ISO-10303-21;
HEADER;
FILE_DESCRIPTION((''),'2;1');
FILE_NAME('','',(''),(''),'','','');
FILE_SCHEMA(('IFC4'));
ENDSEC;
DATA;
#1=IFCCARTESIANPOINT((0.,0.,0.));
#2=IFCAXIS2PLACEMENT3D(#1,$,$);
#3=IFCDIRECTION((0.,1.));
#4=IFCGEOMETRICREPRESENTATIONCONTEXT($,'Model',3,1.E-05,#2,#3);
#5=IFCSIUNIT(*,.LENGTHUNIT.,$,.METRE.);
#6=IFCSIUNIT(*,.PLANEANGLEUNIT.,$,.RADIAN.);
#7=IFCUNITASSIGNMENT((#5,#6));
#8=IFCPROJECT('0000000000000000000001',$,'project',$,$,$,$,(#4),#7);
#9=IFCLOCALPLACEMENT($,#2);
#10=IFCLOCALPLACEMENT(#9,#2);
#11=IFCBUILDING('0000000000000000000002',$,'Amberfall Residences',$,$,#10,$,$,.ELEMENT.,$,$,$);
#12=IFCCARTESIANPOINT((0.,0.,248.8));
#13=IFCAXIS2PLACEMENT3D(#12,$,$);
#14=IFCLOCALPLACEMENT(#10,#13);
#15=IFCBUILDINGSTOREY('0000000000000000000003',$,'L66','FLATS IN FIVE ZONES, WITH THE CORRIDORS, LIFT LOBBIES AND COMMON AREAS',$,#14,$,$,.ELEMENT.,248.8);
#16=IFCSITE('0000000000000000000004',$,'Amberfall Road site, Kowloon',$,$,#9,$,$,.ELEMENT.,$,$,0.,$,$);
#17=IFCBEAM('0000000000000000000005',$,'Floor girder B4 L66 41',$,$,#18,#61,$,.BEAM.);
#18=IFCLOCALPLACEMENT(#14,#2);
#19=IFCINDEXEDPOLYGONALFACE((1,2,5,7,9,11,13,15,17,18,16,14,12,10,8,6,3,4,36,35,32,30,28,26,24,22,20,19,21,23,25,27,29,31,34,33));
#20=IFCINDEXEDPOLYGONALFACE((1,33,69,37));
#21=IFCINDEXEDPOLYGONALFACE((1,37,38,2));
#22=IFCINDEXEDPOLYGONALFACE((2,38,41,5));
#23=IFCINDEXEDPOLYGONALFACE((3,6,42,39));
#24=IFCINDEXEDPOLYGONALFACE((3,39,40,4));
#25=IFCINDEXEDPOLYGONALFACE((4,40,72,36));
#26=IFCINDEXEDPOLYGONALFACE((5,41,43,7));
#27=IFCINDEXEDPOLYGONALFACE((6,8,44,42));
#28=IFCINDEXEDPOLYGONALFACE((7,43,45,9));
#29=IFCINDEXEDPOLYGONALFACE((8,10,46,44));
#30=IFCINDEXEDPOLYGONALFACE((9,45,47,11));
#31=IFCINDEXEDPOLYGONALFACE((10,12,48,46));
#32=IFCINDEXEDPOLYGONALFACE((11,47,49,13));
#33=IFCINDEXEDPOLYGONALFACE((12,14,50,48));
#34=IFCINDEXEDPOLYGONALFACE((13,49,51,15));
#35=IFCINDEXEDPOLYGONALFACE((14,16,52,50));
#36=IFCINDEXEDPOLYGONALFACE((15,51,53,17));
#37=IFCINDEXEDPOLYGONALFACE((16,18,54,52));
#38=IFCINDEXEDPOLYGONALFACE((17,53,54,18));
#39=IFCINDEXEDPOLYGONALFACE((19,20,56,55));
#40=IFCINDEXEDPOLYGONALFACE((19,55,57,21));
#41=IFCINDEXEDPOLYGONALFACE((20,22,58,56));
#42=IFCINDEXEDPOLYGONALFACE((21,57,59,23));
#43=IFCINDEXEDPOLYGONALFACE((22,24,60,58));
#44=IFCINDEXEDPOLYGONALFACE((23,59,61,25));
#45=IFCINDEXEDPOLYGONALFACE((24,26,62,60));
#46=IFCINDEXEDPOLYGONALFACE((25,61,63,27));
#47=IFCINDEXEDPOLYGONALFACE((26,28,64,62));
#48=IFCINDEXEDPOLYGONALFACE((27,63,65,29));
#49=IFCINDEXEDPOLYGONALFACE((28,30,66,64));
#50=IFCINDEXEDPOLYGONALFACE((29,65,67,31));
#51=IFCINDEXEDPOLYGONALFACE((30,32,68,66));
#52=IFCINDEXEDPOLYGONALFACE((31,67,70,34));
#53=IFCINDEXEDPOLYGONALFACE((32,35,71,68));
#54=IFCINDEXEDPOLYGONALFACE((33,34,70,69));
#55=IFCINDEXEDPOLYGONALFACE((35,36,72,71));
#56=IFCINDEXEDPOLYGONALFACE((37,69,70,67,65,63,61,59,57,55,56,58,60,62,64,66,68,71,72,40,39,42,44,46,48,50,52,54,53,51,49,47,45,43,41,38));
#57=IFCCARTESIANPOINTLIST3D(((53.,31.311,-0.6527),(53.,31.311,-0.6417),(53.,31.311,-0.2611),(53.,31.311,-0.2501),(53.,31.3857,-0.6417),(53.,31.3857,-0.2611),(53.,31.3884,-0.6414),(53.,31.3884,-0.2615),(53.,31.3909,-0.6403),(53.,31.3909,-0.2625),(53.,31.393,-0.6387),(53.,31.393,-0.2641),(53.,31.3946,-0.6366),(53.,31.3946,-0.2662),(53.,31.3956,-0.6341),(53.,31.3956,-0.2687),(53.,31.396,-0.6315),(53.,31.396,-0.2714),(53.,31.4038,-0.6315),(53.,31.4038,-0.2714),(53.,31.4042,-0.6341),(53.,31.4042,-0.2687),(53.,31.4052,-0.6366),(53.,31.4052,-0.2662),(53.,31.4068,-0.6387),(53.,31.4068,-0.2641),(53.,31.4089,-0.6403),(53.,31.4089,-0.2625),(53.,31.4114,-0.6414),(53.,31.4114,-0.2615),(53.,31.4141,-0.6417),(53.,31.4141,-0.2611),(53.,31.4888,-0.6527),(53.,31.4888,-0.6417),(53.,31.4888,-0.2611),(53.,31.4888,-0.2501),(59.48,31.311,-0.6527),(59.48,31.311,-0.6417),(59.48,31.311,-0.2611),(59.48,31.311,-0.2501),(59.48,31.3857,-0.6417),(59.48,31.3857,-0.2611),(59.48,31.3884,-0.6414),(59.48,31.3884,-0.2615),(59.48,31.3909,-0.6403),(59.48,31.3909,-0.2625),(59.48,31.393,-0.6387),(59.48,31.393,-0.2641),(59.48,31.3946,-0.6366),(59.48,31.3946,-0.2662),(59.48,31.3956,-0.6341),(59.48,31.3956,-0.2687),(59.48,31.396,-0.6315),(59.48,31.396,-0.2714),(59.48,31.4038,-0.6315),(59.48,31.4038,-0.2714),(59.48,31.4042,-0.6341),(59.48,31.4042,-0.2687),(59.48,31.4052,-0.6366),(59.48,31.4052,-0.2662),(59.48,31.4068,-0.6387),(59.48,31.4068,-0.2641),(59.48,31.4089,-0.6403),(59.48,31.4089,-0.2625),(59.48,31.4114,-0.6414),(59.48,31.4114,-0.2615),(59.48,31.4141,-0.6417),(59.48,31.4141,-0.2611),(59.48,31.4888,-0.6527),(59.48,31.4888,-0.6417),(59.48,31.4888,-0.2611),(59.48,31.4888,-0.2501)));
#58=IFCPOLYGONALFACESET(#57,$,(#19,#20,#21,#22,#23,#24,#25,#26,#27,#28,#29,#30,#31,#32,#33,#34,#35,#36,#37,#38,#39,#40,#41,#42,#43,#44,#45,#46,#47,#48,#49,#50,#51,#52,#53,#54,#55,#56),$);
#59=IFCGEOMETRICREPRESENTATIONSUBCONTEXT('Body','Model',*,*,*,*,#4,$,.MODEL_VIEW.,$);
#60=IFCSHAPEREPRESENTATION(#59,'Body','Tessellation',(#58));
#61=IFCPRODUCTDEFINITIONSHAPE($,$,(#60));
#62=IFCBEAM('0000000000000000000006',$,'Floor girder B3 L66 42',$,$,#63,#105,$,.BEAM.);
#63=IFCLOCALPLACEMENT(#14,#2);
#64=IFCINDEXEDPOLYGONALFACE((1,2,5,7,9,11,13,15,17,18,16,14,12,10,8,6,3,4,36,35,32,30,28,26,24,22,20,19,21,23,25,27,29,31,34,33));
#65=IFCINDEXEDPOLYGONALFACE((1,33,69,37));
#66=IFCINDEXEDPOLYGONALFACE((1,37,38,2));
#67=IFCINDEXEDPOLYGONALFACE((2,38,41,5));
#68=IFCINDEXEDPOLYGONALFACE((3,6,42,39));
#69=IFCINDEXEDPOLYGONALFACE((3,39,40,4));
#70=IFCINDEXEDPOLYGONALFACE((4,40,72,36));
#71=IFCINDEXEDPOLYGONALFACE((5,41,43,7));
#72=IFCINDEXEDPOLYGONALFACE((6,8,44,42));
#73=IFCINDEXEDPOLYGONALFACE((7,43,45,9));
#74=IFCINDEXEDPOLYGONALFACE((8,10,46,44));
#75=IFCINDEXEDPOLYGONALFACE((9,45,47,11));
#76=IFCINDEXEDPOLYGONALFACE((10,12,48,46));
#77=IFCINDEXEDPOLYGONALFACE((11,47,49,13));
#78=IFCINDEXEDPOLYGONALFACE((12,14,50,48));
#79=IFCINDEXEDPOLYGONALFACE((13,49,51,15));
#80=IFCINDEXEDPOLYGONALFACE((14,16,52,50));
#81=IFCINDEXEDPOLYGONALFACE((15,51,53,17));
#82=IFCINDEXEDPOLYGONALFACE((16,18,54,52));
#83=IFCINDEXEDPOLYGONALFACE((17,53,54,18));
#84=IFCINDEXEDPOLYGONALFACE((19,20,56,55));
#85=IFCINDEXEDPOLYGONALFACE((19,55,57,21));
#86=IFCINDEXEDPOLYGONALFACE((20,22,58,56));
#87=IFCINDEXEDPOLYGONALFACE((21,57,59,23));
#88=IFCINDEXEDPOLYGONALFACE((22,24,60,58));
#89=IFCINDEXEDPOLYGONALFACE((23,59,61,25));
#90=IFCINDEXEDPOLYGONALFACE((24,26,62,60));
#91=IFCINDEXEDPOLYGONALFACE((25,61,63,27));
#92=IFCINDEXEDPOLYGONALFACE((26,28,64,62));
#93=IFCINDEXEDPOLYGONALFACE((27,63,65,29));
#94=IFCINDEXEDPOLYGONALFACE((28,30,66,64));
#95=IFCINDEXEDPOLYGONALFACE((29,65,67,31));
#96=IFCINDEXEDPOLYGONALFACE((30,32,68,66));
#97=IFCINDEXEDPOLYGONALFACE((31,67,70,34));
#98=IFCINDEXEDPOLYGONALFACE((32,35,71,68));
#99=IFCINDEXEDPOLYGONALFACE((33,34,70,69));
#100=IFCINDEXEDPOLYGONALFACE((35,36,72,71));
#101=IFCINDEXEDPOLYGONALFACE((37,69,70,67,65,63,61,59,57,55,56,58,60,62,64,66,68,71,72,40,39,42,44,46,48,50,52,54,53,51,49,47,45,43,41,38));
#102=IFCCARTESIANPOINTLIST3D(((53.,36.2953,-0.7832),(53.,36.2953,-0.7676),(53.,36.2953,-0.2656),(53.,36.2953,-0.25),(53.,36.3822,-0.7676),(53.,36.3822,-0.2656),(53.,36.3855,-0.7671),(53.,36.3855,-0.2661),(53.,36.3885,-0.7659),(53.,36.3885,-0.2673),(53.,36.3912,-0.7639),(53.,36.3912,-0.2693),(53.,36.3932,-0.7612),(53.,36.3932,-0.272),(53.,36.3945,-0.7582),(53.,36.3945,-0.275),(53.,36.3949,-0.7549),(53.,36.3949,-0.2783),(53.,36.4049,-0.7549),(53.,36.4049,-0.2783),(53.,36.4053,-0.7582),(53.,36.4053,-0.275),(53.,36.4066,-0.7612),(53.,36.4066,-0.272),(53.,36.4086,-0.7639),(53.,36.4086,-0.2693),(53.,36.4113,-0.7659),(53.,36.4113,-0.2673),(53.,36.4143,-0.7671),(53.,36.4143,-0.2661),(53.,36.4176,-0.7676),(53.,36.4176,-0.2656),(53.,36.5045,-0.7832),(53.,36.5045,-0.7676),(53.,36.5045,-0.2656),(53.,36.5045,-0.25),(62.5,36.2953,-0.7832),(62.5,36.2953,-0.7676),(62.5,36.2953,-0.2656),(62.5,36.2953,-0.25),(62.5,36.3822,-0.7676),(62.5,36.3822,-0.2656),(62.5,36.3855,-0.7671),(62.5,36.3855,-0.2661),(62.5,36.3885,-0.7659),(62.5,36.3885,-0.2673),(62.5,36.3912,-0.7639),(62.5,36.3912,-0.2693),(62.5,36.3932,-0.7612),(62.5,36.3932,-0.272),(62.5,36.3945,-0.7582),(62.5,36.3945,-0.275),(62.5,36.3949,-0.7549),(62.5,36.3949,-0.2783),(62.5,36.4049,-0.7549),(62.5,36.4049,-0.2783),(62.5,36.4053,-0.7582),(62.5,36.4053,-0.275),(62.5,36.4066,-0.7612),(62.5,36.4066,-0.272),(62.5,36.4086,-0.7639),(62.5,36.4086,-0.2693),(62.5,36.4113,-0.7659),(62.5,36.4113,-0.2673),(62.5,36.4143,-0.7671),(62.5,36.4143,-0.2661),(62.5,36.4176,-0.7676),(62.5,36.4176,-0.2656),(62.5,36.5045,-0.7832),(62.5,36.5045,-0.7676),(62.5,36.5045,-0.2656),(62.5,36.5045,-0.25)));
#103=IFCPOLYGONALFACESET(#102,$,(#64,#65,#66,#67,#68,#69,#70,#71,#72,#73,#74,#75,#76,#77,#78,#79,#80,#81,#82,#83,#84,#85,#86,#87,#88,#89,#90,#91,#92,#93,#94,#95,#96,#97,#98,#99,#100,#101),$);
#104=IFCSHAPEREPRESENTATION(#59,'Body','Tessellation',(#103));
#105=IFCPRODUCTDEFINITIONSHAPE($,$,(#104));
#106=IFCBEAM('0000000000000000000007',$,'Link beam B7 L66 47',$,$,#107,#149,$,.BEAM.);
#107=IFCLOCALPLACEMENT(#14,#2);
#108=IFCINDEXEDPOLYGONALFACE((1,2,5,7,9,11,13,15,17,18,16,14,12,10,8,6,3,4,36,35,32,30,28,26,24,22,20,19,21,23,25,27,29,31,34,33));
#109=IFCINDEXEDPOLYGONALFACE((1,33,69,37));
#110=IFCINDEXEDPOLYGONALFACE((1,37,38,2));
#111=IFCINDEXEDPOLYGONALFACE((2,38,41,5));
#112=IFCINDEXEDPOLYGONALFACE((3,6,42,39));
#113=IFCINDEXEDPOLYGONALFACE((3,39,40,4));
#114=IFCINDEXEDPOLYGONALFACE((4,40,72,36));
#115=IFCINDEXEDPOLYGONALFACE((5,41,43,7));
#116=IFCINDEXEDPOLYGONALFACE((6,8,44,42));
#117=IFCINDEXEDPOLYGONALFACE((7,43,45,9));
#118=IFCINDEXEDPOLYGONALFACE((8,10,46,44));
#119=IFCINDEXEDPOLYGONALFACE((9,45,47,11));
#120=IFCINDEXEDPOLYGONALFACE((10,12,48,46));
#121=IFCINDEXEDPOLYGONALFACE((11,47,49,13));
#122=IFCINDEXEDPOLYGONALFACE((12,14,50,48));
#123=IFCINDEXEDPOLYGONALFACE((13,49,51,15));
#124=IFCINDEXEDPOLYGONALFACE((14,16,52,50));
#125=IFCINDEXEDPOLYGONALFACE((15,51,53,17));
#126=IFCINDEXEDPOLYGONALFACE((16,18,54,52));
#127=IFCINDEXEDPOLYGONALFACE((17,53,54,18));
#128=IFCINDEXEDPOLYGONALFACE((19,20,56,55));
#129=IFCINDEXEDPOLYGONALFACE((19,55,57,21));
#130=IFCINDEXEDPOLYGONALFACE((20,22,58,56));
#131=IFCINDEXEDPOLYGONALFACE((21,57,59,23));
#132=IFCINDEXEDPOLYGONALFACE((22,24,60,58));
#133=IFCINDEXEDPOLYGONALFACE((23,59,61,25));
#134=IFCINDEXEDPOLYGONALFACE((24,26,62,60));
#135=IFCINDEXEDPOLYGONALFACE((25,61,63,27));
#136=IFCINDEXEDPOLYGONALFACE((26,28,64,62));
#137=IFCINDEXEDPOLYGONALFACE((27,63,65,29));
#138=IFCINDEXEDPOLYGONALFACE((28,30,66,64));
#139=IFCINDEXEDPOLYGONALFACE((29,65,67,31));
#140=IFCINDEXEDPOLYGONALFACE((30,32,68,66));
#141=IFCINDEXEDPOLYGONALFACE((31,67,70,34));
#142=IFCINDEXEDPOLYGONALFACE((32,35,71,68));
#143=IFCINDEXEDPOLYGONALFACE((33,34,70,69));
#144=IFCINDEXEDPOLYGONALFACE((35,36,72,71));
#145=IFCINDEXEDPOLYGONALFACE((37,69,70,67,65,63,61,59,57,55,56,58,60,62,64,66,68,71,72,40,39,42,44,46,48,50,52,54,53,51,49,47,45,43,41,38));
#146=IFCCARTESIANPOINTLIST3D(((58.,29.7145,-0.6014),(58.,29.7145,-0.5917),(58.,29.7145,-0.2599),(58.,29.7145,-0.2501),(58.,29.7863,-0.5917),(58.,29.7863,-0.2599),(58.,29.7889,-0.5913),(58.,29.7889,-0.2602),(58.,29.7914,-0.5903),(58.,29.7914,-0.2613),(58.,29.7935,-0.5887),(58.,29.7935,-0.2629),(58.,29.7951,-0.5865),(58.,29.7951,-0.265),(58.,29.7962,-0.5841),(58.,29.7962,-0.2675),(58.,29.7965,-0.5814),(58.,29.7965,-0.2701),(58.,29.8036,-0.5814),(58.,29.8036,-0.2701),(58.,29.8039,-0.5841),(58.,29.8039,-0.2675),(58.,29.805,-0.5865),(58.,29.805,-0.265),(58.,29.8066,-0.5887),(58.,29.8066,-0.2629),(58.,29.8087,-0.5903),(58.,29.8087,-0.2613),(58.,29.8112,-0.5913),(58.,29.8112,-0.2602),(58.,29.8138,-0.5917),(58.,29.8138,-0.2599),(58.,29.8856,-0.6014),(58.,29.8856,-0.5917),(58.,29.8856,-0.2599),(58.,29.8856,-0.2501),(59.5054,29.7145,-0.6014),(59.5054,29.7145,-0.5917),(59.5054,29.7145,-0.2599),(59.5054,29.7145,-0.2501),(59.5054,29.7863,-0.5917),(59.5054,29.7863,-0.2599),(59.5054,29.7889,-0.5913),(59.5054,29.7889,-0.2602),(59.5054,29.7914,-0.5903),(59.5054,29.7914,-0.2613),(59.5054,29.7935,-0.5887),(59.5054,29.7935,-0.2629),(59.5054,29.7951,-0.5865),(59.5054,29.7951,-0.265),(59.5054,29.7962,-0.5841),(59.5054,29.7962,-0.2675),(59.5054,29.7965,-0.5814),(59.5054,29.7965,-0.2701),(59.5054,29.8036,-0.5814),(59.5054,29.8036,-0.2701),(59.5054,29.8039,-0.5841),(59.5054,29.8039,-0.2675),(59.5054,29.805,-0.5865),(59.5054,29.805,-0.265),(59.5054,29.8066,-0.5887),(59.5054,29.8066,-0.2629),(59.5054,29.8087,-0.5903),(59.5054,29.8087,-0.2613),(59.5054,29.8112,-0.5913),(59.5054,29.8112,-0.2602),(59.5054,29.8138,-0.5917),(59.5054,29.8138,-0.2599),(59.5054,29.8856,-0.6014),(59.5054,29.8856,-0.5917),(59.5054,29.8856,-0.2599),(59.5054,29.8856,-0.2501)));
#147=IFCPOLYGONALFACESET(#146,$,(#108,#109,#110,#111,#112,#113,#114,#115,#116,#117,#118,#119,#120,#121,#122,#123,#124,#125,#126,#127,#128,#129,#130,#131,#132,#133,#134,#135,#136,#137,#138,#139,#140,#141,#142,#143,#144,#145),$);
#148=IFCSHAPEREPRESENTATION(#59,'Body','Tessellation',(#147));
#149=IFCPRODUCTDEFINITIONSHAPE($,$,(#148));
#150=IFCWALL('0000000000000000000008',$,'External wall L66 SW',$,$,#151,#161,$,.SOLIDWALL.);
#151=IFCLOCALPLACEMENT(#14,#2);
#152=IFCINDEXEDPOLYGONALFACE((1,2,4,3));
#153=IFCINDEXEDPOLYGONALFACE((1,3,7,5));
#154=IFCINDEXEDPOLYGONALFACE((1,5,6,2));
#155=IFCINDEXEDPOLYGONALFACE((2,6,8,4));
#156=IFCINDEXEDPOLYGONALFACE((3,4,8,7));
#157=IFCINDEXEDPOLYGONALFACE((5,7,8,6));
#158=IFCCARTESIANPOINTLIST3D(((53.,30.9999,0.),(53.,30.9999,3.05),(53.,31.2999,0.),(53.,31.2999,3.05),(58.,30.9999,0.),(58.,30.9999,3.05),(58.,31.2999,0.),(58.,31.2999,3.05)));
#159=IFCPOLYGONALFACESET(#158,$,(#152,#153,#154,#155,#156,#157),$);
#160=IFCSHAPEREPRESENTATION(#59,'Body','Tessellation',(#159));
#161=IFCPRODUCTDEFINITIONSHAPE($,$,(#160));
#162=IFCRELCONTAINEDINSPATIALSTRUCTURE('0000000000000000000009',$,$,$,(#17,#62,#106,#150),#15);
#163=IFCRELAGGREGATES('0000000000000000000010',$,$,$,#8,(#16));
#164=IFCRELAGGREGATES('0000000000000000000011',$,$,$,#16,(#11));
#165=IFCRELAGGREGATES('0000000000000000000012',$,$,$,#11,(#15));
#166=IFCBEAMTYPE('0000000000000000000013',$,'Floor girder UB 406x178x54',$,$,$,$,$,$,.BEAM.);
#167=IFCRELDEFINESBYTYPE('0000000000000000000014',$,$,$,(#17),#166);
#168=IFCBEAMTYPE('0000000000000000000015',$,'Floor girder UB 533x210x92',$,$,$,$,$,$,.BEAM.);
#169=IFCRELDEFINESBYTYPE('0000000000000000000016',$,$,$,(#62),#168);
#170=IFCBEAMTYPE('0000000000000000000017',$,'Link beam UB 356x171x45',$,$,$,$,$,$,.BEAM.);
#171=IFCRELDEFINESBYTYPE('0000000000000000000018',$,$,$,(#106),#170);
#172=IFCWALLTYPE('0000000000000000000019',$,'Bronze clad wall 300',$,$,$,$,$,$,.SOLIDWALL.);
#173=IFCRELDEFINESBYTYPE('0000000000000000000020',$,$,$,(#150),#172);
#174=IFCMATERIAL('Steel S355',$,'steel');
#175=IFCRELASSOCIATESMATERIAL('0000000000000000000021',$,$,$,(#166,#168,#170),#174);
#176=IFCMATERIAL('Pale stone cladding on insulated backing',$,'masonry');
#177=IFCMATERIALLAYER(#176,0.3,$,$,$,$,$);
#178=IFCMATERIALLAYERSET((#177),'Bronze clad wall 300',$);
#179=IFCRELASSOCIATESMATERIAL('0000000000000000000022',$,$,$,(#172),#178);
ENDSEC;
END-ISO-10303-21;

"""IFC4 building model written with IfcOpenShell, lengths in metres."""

from ifc_helpers import new_model, si_unit, direction, frame, frame_2d, origin, origin_2d, place, context, subcontext, project, spatial, rectangle, i_section, extrude, material, layer, layer_set, material_profile, profile_set, type_object, element, save


model = new_model("IFC4")

# Units and contexts
model_context = context("Model", 3, precision=1e-05, world=origin(), true_north=direction((0.0, 1.0)))
body_context = subcontext(model_context, "Body", "Model", "MODEL_VIEW")
ifc_project = project(units=[si_unit("LENGTHUNIT", "METRE"), si_unit("PLANEANGLEUNIT", "RADIAN")], contexts=[model_context])

# Site, building, storey
site_placement = place(None, origin())
site = spatial("IfcSite", under=ifc_project, at=site_placement, Name="Amberfall Road site, Kowloon", CompositionType="ELEMENT", RefElevation=0.0)
building_placement = place(site_placement, origin())
building = spatial("IfcBuilding", under=site, at=building_placement, Name="Amberfall Residences", CompositionType="ELEMENT")
storey_placement = place(building_placement, frame((0.0, 0.0, 248.8)))
storey = spatial("IfcBuildingStorey", under=building, at=storey_placement, Name="L66", Description="FLATS IN FIVE ZONES, WITH THE CORRIDORS, LIFT LOBBIES AND COMMON AREAS", CompositionType="ELEMENT", Elevation=248.8)

# Beams
ifc_material_1 = material(Name="Steel S355", Category="steel")
ifc_material_profile_1 = material_profile(ifc_material_1, i_section(OverallWidth=0.1777, OverallDepth=0.4026, WebThickness=0.0078, FlangeThickness=0.011, FilletRadius=0.0103, at=origin_2d()), Name="UB 406x178x54")
ifc_profile_set_1 = profile_set([ifc_material_profile_1], Name="Steel S355")
beam_type_1 = type_object("IfcBeamType", Name="Floor girder UB 406x178x54", PredefinedType="BEAM", material=ifc_profile_set_1)
beam_1_placement = place(storey_placement, frame((53.0, 31.3999, -0.4514), z_axis=(1.0, 0.0, 0.0), x_axis=(0.0, 1.0, 0.0)))
element("IfcBeam", 1, at=beam_1_placement, inside=storey, type_object=beam_type_1, Name="Floor girder B4 L66 41", PredefinedType="BEAM", context=body_context, shape_type="SweptSolid", body=[
    extrude(i_section(OverallWidth=0.1777, OverallDepth=0.4026, WebThickness=0.0078, FlangeThickness=0.011, FilletRadius=0.0103, at=origin_2d()), origin(), (0.0, 0.0, 1.0), 6.48),
])
ifc_material_profile_2 = material_profile(ifc_material_1, i_section(OverallWidth=0.2092, OverallDepth=0.5332, WebThickness=0.01, FlangeThickness=0.0156, FilletRadius=0.0127, at=origin_2d()), Name="UB 533x210x92")
ifc_profile_set_2 = profile_set([ifc_material_profile_2], Name="Steel S355")
beam_type_2 = type_object("IfcBeamType", Name="Floor girder UB 533x210x92", PredefinedType="BEAM", material=ifc_profile_set_2)
beam_2_placement = place(storey_placement, frame((53.0, 36.3999, -0.5166), z_axis=(1.0, 0.0, 0.0), x_axis=(0.0, 1.0, 0.0)))
element("IfcBeam", 2, at=beam_2_placement, inside=storey, type_object=beam_type_2, Name="Floor girder B3 L66 42", PredefinedType="BEAM", context=body_context, shape_type="SweptSolid", body=[
    extrude(i_section(OverallWidth=0.2092, OverallDepth=0.5332, WebThickness=0.01, FlangeThickness=0.0156, FilletRadius=0.0127, at=origin_2d()), origin(), (0.0, 0.0, 1.0), 9.5),
])
ifc_material_profile_3 = material_profile(ifc_material_1, i_section(OverallWidth=0.1711, OverallDepth=0.3513, WebThickness=0.0071, FlangeThickness=0.0098, FilletRadius=0.0103, at=origin_2d()), Name="UB 356x171x45")
ifc_profile_set_3 = profile_set([ifc_material_profile_3], Name="Steel S355")
beam_type_3 = type_object("IfcBeamType", Name="Link beam UB 356x171x45", PredefinedType="BEAM", material=ifc_profile_set_3)
beam_3_placement = place(storey_placement, frame((58.0, 29.8, -0.4258), z_axis=(1.0, 0.0, 0.0), x_axis=(0.0, 1.0, 0.0)))
element("IfcBeam", 3, at=beam_3_placement, inside=storey, type_object=beam_type_3, Name="Link beam B7 L66 47", PredefinedType="BEAM", context=body_context, shape_type="SweptSolid", body=[
    extrude(i_section(OverallWidth=0.1711, OverallDepth=0.3513, WebThickness=0.0071, FlangeThickness=0.0098, FilletRadius=0.0103, at=origin_2d()), origin(), (0.0, 0.0, 1.0), 1.5054),
])

# Wall
ifc_material_2 = material(Name="Pale stone cladding on insulated backing", Category="masonry")
ifc_layer_1 = layer(ifc_material_2, 0.3)
ifc_layer_set_1 = layer_set([ifc_layer_1], Name="Bronze clad wall 300")
wall_type_1 = type_object("IfcWallType", Name="Bronze clad wall 300", PredefinedType="SOLIDWALL", material=ifc_layer_set_1)
wall_1_placement = place(storey_placement, frame((53.0, 31.1499, 0.0), z_axis=(0.0, 0.0, 1.0), x_axis=(1.0, 0.0, 0.0)))
element("IfcWall", 4, at=wall_1_placement, inside=storey, type_object=wall_type_1, Name="External wall L66 SW", PredefinedType="SOLIDWALL", context=body_context, shape_type="SweptSolid", body=[
    extrude(rectangle(XDim=5.0, YDim=0.3, at=frame_2d((2.5, 0.0))), origin(), (0.0, 0.0, 1.0), 3.05),
])

save(model, "model.ifc")
